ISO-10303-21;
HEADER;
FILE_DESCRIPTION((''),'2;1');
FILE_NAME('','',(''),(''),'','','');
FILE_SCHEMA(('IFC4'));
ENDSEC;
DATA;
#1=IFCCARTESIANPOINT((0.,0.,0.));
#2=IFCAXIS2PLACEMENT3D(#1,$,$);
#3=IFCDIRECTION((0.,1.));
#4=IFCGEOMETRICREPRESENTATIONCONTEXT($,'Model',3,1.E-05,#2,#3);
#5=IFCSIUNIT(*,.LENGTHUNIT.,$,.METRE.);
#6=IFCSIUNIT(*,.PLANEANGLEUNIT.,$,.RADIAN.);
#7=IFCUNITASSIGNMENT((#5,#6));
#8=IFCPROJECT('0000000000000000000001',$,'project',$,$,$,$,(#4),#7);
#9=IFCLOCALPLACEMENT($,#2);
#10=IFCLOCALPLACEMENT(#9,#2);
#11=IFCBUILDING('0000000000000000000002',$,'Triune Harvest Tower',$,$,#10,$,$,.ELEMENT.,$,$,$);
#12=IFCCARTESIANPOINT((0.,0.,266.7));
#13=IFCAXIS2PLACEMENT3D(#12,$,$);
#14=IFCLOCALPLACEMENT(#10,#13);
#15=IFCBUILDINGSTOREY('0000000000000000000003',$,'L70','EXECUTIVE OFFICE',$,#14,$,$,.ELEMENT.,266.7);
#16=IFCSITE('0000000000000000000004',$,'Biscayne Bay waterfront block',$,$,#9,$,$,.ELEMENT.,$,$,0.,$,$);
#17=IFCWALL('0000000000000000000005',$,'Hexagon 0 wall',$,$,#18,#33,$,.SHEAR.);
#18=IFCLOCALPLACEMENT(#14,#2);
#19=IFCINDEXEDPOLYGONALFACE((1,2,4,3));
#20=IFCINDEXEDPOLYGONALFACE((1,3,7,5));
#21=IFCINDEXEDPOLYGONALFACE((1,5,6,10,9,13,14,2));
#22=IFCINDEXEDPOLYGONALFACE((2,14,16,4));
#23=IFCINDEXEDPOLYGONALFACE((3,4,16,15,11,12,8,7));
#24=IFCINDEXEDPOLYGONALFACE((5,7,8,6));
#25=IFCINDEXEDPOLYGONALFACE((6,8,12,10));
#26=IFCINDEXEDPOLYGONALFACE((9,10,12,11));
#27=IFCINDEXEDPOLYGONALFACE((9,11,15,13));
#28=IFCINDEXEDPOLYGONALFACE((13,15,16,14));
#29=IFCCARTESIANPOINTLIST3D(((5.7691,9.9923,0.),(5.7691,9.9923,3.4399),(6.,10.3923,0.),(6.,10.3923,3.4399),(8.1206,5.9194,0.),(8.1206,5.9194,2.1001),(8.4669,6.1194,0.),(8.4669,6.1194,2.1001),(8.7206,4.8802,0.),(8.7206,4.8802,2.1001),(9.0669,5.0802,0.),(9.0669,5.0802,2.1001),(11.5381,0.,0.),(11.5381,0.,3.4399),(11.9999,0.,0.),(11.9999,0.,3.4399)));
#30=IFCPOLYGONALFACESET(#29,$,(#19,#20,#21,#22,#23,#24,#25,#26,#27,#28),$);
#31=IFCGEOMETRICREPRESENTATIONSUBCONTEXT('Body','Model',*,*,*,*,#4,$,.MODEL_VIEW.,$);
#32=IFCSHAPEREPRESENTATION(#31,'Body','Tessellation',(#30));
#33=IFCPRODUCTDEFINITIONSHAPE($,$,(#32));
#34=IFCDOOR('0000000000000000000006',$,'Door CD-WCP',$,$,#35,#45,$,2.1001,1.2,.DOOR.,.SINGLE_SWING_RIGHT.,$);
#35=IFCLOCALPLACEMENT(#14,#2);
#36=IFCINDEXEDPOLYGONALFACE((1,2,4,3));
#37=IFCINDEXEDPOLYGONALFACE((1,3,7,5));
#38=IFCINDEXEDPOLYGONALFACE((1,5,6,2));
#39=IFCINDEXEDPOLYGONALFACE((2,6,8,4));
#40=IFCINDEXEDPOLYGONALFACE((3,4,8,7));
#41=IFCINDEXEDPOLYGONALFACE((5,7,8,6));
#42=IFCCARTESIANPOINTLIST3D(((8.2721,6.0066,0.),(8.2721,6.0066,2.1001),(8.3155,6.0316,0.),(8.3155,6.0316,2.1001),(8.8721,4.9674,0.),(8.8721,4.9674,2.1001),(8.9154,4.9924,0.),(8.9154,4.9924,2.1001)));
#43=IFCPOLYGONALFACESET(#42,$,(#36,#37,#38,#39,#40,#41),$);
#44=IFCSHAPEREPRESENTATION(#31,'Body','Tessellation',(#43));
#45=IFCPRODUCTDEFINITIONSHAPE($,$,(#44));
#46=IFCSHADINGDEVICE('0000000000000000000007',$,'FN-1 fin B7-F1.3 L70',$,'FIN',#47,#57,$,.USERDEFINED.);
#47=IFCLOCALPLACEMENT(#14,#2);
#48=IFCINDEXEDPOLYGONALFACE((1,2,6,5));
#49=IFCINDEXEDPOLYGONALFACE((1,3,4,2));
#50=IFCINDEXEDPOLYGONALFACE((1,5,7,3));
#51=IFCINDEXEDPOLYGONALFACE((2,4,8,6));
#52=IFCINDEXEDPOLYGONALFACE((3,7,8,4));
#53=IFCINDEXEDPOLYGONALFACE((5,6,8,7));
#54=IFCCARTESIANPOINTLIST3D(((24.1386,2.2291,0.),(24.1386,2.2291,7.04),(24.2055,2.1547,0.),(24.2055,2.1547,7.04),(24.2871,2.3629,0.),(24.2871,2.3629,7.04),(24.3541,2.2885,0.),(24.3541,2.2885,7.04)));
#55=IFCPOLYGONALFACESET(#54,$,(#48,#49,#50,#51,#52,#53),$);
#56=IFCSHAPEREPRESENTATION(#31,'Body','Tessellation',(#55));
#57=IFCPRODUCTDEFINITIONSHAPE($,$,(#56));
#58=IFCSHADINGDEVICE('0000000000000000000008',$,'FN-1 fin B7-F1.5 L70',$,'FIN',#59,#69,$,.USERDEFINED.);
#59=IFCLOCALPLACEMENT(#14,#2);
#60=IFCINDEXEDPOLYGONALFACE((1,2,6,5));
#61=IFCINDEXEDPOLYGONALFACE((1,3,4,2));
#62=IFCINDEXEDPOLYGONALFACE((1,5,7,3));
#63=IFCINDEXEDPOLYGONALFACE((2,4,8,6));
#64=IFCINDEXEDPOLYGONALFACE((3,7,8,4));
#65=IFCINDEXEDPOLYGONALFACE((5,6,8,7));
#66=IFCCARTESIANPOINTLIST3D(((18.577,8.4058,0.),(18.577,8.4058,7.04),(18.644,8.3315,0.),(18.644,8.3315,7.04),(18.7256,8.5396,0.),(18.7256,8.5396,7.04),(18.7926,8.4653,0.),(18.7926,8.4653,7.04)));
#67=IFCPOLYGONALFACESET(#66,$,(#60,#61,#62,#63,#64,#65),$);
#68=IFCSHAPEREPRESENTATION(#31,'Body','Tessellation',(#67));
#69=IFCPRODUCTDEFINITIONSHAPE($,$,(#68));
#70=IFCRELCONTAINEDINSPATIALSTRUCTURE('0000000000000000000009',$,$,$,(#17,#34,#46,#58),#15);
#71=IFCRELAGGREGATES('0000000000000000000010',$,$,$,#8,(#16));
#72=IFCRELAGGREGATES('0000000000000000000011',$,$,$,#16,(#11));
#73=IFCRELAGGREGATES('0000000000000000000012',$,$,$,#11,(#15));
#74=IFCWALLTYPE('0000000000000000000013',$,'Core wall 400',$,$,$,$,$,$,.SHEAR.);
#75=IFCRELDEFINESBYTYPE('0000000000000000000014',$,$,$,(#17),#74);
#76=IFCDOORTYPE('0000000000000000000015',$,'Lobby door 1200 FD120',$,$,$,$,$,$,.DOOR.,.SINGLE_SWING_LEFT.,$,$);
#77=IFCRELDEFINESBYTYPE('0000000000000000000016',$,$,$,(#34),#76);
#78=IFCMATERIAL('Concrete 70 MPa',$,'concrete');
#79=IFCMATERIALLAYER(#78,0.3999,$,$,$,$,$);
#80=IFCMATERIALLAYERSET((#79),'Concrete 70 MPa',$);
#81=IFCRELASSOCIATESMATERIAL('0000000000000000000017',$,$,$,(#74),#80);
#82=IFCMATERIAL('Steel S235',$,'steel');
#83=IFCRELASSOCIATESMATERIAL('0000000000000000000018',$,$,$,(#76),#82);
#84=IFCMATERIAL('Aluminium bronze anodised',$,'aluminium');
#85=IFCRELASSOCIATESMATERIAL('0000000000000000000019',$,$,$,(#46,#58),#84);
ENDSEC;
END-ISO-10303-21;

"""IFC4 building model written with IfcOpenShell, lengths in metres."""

from ifc_helpers import new_model, si_unit, direction, frame, frame_2d, origin, origin_2d, place, context, subcontext, project, spatial, polyline, rectangle, outline, extrude, source, transform, mapped, material, layer, layer_set, type_object, element, fill, save


model = new_model("IFC4")

# Units and contexts
model_context = context("Model", 3, precision=1e-05, world=origin(), true_north=direction((0.0, 1.0)))
body_context = subcontext(model_context, "Body", "Model", "MODEL_VIEW")
ifc_project = project(units=[si_unit("LENGTHUNIT", "METRE"), si_unit("PLANEANGLEUNIT", "RADIAN")], contexts=[model_context])

# Site, building, storey
site_placement = place(None, origin())
site = spatial("IfcSite", under=ifc_project, at=site_placement, Name="Biscayne Bay waterfront block", CompositionType="ELEMENT", RefElevation=0.0)
building_placement = place(site_placement, origin())
building = spatial("IfcBuilding", under=site, at=building_placement, Name="Triune Harvest Tower", CompositionType="ELEMENT")
storey_placement = place(building_placement, frame((0.0, 0.0, 266.7)))
storey = spatial("IfcBuildingStorey", under=building, at=storey_placement, Name="L70", Description="EXECUTIVE OFFICE", CompositionType="ELEMENT", Elevation=266.7)

# Wall, opening, door
ifc_material_1 = material(Name="Concrete 70 MPa", Category="concrete")
ifc_layer_1 = layer(ifc_material_1, 0.3999)
ifc_layer_set_1 = layer_set([ifc_layer_1], Name="Concrete 70 MPa")
wall_type = type_object("IfcWallType", Name="Core wall 400", PredefinedType="SHEAR", material=ifc_layer_set_1)
shared_shape_1 = source(origin(), body_context, "Body", "SweptSolid", [
    extrude(outline(polyline([(-0.1155, -0.2), (11.8845, -0.2), (11.6536, 0.2), (0.1155, 0.2), (-0.1155, -0.2)])), origin(), (0.0, 0.0, 1.0), 3.4399),
])
wall_placement = place(storey_placement, frame((11.769, 0.0, 0.0), z_axis=(0.0, 0.0, 1.0), x_axis=(-0.499997, 0.866027, 0.0)))
wall = element("IfcWall", 1, at=wall_placement, inside=storey, type_object=wall_type, Name="Hexagon 0 wall", PredefinedType="SHEAR", context=body_context, shape_type="MappedRepresentation", body=[
    mapped(shared_shape_1, transform((0.0, 0.0, 0.0), scale=1.0)),
])
opening_placement = place(wall_placement, frame((5.7505, 0.0, 0.0)))
opening = element("IfcOpeningElement", 2, at=opening_placement, cuts=wall, PredefinedType="OPENING", context=body_context, shape_type="SweptSolid", body=[
    extrude(rectangle(XDim=1.2, YDim=2.1001, at=frame_2d((0.6001, 1.05))), frame((0.0, 0.21, 0.0), z_axis=(0.0, -1.0, 0.0), x_axis=(1.0, 0.0, 0.0)), (0.0, 0.0, 1.0), 0.4199),
])
ifc_material_2 = material(Name="Steel S235", Category="steel")
door_type = type_object("IfcDoorType", Name="Lobby door 1200 FD120", OperationType="SINGLE_SWING_LEFT", PredefinedType="DOOR", material=ifc_material_2)
door_placement = place(opening_placement, frame((1.2, 0.0, 0.0), z_axis=(0.0, 0.0, 1.0), x_axis=(-1.0, 0.0, 0.0)))
door = element("IfcDoor", 3, at=door_placement, inside=storey, type_object=door_type, Name="Door CD-WCP", OperationType="SINGLE_SWING_RIGHT", OverallHeight=2.1001, OverallWidth=1.2, PredefinedType="DOOR", context=body_context, shape_type="SweptSolid", body=[
    extrude(rectangle(XDim=1.2, YDim=2.1001, at=frame_2d((0.6001, 1.05))), frame((0.0, 0.0249, 0.0), z_axis=(0.0, -1.0, 0.0), x_axis=(1.0, 0.0, 0.0)), (0.0, 0.0, 1.0), 0.05),
])
fill(opening, door)

# Shading devices
ifc_material_3 = material(Name="Aluminium bronze anodised", Category="aluminium")
shared_shape_2 = source(origin(), body_context, "Body", "SweptSolid", [
    extrude(rectangle(XDim=0.1001, YDim=0.2, at=origin_2d()), origin(), (0.0, 0.0, 1.0), 7.04),
])
for number, where, z_axis, x_axis, name in (
    (4, (24.2463, 2.2588, 0.0), (0.0, 0.0, 1.0), (-0.669131, 0.743144, 0.0), "FN-1 fin B7-F1.3 L70"),
    (5, (18.6848, 8.4355, 0.0), (0.0, 0.0, 1.0), (-0.669131, 0.743144, 0.0), "FN-1 fin B7-F1.5 L70"),
):
    element("IfcShadingDevice", number, at=place(storey_placement, frame(where, z_axis=z_axis, x_axis=x_axis)), inside=storey, material=ifc_material_3, Name=name, ObjectType="FIN", PredefinedType="USERDEFINED", context=body_context, shape_type="MappedRepresentation", body=[
        mapped(shared_shape_2, transform((0.0, 0.0, 0.0), scale=1.0)),
    ])

save(model, "model.ifc")
